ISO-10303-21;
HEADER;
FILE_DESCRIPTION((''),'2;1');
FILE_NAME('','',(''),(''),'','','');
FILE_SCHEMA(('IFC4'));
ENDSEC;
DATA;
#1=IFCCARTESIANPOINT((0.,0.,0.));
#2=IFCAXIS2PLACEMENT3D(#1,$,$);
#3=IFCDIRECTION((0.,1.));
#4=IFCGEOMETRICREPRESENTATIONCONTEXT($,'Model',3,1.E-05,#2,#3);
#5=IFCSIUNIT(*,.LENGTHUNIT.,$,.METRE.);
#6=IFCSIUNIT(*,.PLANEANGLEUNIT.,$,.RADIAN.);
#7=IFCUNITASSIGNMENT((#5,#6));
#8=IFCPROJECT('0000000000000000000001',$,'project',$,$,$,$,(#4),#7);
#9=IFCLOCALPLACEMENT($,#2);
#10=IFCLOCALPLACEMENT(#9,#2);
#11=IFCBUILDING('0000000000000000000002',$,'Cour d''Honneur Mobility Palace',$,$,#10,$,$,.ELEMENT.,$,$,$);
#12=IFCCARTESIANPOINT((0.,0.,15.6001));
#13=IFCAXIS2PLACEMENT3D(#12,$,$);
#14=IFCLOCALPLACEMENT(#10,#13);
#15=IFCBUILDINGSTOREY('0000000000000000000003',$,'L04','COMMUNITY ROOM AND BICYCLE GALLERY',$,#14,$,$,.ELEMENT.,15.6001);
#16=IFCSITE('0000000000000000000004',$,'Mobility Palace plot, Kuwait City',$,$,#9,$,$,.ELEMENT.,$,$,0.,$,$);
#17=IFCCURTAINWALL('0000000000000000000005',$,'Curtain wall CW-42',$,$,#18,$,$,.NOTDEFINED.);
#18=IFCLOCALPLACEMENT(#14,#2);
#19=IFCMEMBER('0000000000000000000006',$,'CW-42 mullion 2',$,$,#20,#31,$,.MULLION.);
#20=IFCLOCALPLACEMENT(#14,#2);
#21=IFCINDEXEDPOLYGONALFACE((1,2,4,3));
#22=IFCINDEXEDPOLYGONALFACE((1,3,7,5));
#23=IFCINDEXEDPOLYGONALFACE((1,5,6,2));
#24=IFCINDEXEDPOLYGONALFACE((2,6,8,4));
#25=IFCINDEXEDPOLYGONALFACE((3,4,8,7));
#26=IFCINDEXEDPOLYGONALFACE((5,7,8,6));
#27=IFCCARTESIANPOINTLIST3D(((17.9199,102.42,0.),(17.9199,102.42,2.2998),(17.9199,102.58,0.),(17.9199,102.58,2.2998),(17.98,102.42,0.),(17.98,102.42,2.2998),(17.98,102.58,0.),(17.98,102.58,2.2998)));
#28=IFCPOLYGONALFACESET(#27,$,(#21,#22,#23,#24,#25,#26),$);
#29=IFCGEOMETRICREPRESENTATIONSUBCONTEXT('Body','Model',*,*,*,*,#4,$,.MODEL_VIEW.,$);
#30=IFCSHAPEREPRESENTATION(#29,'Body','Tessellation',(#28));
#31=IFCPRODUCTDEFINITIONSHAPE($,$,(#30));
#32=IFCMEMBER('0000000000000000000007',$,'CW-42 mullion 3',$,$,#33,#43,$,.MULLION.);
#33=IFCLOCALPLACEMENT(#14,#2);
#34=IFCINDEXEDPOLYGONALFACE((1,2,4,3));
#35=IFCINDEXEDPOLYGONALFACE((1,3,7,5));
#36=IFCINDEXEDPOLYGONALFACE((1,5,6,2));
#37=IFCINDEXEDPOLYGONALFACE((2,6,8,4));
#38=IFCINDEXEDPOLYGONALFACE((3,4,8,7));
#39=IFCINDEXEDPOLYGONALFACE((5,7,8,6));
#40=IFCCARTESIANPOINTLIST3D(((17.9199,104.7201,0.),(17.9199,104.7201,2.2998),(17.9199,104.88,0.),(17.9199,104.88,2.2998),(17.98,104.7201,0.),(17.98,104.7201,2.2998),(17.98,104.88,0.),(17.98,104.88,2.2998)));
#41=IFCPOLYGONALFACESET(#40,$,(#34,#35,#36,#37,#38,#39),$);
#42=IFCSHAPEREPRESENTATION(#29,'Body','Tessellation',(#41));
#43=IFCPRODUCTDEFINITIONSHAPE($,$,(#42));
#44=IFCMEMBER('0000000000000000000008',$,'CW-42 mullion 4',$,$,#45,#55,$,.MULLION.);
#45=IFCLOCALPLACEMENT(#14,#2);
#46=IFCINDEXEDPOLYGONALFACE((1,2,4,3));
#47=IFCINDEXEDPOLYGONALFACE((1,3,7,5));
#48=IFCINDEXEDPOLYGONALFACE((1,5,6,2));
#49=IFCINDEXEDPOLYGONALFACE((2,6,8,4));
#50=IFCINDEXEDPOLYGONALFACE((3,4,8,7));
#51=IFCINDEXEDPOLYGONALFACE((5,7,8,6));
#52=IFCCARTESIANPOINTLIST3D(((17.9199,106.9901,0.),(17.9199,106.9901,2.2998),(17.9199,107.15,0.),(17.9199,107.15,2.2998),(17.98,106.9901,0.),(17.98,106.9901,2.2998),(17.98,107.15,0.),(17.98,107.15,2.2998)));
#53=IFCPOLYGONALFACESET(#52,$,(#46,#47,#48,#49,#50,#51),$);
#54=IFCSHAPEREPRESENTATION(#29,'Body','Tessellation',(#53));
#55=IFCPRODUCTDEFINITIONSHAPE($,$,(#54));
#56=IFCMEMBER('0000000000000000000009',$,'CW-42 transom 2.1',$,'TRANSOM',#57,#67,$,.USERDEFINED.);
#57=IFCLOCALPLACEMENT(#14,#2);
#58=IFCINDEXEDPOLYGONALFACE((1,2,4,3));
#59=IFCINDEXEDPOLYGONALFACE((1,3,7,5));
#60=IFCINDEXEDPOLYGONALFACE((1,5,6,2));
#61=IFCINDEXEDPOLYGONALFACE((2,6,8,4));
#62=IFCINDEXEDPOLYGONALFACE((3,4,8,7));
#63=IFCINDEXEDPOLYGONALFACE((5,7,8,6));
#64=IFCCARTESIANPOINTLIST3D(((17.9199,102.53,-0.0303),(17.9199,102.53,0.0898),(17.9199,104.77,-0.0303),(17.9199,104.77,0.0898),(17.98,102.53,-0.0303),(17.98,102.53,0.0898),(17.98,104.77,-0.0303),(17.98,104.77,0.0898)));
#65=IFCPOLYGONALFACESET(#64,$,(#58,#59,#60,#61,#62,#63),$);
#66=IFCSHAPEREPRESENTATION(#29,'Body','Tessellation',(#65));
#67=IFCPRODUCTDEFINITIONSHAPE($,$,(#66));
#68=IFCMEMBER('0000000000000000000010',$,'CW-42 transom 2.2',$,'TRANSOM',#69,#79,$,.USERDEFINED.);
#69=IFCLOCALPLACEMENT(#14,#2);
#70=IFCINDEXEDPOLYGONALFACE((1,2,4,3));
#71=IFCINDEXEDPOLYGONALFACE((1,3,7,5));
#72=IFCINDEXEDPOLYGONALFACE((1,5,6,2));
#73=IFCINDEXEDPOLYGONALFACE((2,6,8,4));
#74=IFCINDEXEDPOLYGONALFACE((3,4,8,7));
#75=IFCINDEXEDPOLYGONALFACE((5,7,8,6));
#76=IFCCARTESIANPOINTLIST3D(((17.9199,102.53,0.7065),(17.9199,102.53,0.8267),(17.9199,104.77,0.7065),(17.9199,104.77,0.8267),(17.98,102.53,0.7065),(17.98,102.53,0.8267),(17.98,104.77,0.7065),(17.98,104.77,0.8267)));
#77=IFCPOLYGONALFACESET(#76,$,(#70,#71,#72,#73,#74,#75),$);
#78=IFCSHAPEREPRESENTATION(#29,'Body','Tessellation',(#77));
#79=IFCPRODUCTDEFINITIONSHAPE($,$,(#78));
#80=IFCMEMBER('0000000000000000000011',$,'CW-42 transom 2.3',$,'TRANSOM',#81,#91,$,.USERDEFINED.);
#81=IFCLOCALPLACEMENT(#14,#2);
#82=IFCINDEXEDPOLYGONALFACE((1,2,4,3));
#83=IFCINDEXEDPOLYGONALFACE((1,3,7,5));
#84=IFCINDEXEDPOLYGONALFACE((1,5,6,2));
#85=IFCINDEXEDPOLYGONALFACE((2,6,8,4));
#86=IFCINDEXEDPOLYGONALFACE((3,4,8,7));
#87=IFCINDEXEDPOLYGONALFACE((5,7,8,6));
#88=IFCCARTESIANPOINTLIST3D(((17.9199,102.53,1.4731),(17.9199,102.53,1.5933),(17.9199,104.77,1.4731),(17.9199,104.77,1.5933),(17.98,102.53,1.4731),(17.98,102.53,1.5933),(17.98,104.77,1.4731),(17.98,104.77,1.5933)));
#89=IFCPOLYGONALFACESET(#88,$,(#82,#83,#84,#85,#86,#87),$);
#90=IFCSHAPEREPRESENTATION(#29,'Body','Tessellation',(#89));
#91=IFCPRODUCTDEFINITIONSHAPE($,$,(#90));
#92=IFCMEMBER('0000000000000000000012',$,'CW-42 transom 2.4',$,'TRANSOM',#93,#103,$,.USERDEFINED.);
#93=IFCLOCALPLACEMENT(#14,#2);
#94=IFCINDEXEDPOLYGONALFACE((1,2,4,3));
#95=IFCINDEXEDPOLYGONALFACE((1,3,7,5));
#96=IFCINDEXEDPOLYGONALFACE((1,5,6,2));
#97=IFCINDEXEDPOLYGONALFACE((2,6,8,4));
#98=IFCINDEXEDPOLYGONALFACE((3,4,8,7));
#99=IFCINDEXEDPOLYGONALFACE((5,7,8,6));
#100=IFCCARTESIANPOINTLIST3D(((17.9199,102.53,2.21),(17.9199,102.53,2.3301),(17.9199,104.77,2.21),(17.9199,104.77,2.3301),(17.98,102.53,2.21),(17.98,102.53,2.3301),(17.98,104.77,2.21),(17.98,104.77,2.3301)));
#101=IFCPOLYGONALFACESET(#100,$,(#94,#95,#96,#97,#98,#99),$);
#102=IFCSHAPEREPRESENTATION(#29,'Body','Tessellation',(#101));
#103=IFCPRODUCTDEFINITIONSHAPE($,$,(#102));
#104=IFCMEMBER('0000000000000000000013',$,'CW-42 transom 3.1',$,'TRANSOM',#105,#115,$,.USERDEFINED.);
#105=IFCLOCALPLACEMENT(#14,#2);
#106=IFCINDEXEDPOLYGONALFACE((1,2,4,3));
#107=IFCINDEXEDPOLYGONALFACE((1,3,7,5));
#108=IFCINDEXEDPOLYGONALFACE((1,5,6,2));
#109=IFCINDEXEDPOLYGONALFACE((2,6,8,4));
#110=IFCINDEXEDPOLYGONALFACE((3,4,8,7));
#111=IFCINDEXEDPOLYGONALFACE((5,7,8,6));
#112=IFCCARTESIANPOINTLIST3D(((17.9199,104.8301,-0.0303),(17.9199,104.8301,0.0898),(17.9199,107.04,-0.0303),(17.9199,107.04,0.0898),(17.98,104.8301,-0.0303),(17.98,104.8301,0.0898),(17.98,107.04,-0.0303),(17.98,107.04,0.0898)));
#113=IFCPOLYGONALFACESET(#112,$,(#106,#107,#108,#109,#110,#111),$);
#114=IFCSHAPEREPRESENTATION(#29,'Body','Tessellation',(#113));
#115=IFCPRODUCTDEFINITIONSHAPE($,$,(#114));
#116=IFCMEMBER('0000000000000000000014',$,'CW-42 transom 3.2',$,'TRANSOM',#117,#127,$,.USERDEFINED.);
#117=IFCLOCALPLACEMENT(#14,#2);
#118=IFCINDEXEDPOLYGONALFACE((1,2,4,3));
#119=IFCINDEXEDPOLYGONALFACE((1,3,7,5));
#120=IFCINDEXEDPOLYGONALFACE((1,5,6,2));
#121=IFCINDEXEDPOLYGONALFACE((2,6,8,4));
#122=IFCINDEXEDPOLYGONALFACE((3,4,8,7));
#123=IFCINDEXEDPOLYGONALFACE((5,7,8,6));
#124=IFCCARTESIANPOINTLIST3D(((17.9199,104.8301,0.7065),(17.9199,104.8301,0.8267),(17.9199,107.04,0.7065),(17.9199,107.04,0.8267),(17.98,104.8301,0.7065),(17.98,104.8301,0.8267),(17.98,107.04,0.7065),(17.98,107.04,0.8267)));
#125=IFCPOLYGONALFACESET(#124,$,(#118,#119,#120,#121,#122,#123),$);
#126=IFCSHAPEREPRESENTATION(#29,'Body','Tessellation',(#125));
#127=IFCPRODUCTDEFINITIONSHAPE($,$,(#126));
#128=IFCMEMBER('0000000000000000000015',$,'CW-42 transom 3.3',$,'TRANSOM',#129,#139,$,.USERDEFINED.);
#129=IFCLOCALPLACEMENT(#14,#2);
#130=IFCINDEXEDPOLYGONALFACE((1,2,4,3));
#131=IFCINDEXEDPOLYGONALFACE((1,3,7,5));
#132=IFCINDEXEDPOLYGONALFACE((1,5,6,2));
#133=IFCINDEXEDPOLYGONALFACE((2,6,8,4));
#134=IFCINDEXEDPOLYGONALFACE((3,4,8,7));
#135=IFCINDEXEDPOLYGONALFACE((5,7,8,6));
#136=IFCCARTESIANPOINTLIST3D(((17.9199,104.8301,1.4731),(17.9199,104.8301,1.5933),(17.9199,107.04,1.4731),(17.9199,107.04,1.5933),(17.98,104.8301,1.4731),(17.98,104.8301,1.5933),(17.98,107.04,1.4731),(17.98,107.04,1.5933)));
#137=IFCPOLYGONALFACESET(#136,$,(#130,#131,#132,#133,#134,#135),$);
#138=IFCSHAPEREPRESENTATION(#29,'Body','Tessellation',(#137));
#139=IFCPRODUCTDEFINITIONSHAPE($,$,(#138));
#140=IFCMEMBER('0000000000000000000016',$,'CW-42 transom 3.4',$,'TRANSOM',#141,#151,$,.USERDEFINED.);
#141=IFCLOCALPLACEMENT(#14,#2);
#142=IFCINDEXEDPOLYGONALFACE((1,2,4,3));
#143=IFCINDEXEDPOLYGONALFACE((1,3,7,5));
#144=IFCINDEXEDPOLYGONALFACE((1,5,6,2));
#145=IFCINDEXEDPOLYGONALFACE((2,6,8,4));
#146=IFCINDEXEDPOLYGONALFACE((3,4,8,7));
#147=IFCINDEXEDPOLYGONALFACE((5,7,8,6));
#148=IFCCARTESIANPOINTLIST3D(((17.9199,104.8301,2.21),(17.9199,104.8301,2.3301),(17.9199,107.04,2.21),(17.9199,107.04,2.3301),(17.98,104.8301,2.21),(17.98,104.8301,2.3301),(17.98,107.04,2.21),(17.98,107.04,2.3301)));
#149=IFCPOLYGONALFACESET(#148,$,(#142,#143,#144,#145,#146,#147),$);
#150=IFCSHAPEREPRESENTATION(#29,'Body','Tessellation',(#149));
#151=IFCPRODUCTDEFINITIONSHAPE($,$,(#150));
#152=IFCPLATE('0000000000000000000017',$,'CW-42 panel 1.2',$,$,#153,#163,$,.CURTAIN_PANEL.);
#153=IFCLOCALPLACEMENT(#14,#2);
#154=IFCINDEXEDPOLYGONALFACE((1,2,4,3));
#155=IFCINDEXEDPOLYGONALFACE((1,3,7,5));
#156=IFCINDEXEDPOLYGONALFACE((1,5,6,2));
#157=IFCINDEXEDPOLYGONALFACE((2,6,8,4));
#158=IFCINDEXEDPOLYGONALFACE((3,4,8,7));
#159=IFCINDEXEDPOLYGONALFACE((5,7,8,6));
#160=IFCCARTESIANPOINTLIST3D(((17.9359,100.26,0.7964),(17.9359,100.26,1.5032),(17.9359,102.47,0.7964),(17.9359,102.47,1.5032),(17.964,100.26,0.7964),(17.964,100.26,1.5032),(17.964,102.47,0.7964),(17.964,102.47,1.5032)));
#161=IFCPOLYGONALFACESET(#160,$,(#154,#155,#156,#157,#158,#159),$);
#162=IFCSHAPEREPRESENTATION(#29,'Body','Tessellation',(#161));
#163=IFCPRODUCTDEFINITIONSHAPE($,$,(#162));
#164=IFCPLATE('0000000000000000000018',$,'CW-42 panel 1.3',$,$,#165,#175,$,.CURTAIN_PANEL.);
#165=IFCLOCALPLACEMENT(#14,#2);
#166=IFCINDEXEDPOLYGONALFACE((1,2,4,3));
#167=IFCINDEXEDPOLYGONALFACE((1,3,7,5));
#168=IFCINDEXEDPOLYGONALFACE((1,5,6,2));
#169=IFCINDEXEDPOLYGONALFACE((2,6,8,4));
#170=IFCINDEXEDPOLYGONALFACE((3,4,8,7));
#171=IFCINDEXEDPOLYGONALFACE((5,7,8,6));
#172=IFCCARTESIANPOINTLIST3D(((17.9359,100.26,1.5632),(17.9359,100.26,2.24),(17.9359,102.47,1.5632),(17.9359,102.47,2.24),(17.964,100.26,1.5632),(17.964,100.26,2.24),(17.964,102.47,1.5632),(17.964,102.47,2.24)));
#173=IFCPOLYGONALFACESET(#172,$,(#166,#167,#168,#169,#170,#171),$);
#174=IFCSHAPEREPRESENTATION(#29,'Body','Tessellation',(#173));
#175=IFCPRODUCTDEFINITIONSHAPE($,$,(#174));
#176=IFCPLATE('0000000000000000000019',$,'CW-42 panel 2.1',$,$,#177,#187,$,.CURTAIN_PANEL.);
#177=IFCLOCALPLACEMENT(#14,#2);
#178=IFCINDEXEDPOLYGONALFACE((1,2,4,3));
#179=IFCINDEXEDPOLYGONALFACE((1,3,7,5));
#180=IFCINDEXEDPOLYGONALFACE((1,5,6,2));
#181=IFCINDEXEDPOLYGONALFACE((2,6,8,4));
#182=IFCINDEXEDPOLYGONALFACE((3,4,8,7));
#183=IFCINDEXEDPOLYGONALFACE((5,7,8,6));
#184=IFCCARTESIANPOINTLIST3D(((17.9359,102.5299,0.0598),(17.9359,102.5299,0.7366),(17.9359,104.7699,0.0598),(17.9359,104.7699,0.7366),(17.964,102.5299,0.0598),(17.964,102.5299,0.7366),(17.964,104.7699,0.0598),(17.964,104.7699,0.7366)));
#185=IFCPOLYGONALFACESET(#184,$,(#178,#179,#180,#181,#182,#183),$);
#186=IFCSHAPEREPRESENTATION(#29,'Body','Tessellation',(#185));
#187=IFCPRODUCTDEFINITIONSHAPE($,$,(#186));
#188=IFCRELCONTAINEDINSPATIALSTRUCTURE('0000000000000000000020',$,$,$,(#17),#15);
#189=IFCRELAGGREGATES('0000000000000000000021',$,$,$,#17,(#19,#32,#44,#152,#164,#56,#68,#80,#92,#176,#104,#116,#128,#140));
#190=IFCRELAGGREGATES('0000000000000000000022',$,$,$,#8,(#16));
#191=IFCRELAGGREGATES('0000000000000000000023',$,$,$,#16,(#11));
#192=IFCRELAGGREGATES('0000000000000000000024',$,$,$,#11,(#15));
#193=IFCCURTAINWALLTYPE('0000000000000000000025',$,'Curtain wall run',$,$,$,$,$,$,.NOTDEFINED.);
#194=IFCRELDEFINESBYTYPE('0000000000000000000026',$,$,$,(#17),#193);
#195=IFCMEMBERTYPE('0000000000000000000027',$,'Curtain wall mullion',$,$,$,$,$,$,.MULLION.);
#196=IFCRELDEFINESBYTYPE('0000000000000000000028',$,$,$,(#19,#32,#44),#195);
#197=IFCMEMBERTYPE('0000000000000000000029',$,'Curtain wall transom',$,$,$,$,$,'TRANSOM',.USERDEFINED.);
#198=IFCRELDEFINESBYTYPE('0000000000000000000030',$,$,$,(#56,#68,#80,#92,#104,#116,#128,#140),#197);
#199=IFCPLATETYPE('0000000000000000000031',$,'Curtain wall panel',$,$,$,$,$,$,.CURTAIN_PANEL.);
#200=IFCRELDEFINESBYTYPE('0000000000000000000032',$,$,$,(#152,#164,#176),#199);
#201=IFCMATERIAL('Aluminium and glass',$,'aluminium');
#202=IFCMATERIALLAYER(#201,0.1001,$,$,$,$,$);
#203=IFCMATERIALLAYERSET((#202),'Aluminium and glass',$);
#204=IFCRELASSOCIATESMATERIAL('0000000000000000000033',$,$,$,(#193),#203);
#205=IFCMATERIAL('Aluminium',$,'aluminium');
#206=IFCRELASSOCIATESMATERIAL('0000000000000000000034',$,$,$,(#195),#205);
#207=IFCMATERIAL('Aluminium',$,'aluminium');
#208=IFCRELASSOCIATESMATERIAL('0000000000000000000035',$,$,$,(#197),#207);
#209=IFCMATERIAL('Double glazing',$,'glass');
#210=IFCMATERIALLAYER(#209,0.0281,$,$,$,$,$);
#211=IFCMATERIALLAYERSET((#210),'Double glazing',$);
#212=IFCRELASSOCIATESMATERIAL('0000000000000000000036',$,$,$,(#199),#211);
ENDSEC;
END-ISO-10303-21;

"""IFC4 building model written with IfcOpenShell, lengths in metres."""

from ifc_helpers import new_model, si_unit, direction, frame, origin, origin_2d, place, context, subcontext, project, spatial, rectangle, extrude, material, layer, layer_set, material_profile, profile_set, type_object, element, aggregate, save


model = new_model("IFC4")

# Units and contexts
model_context = context("Model", 3, precision=1e-05, world=origin(), true_north=direction((0.0, 1.0)))
body_context = subcontext(model_context, "Body", "Model", "MODEL_VIEW")
ifc_project = project(units=[si_unit("LENGTHUNIT", "METRE"), si_unit("PLANEANGLEUNIT", "RADIAN")], contexts=[model_context])

# Site, building, storey
site_placement = place(None, origin())
site = spatial("IfcSite", under=ifc_project, at=site_placement, Name="Mobility Palace plot, Kuwait City", CompositionType="ELEMENT", RefElevation=0.0)
building_placement = place(site_placement, origin())
building = spatial("IfcBuilding", under=site, at=building_placement, Name="Cour d'Honneur Mobility Palace", CompositionType="ELEMENT")
storey_placement = place(building_placement, frame((0.0, 0.0, 15.6001)))
storey = spatial("IfcBuildingStorey", under=building, at=storey_placement, Name="L04", Description="COMMUNITY ROOM AND BICYCLE GALLERY", CompositionType="ELEMENT", Elevation=15.6001)

# Curtain wall, members, plates
ifc_material_1 = material(Name="Aluminium and glass", Category="aluminium")
ifc_layer_1 = layer(ifc_material_1, 0.1001)
ifc_layer_set_1 = layer_set([ifc_layer_1], Name="Aluminium and glass")
curtain_wall_type = type_object("IfcCurtainWallType", Name="Curtain wall run", PredefinedType="NOTDEFINED", material=ifc_layer_set_1)
curtain_wall_placement = place(storey_placement, origin())
curtain_wall = element("IfcCurtainWall", 1, at=curtain_wall_placement, inside=storey, type_object=curtain_wall_type, Name="Curtain wall CW-42", PredefinedType="NOTDEFINED")
ifc_material_2 = material(Name="Aluminium", Category="aluminium")
ifc_material_profile_1 = material_profile(ifc_material_2, rectangle(XDim=0.0601, YDim=0.1599, at=origin_2d()), Name="Curtain wall mullion")
ifc_profile_set_1 = profile_set([ifc_material_profile_1], Name="Aluminium")
member_type_1 = type_object("IfcMemberType", Name="Curtain wall mullion", PredefinedType="MULLION", material=ifc_profile_set_1)
member_1_placement = place(storey_placement, frame((17.95, 102.5, 0.0), z_axis=(0.0, 0.0, 1.0), x_axis=(-1.0, 0.0, 0.0)))
member_1 = element("IfcMember", 2, at=member_1_placement, type_object=member_type_1, Name="CW-42 mullion 2", PredefinedType="MULLION", context=body_context, shape_type="SweptSolid", body=[
    extrude(rectangle(XDim=0.0601, YDim=0.1599, at=origin_2d()), origin(), (0.0, 0.0, 1.0), 2.2998),
])
member_2_placement = place(storey_placement, frame((17.95, 104.8, 0.0), z_axis=(0.0, 0.0, 1.0), x_axis=(-1.0, 0.0, 0.0)))
member_2 = element("IfcMember", 3, at=member_2_placement, type_object=member_type_1, Name="CW-42 mullion 3", PredefinedType="MULLION", context=body_context, shape_type="SweptSolid", body=[
    extrude(rectangle(XDim=0.0601, YDim=0.1599, at=origin_2d()), origin(), (0.0, 0.0, 1.0), 2.2998),
])
member_3_placement = place(storey_placement, frame((17.95, 107.0701, 0.0), z_axis=(0.0, 0.0, 1.0), x_axis=(-1.0, 0.0, 0.0)))
member_3 = element("IfcMember", 4, at=member_3_placement, type_object=member_type_1, Name="CW-42 mullion 4", PredefinedType="MULLION", context=body_context, shape_type="SweptSolid", body=[
    extrude(rectangle(XDim=0.0601, YDim=0.1599, at=origin_2d()), origin(), (0.0, 0.0, 1.0), 2.2998),
])
ifc_material_3 = material(Name="Aluminium", Category="aluminium")
ifc_material_profile_2 = material_profile(ifc_material_3, rectangle(XDim=0.0601, YDim=0.1201, at=origin_2d()), Name="Curtain wall transom")
ifc_profile_set_2 = profile_set([ifc_material_profile_2], Name="Aluminium")
member_type_2 = type_object("IfcMemberType", Name="Curtain wall transom", ElementType="TRANSOM", PredefinedType="USERDEFINED", material=ifc_profile_set_2)
member_4_placement = place(storey_placement, frame((17.95, 102.53, 0.0298), z_axis=(0.0, 1.0, 0.0), x_axis=(-1.0, 0.0, 0.0)))
member_4 = element("IfcMember", 5, at=member_4_placement, type_object=member_type_2, Name="CW-42 transom 2.1", ObjectType="TRANSOM", PredefinedType="USERDEFINED", context=body_context, shape_type="SweptSolid", body=[
    extrude(rectangle(XDim=0.0601, YDim=0.1201, at=origin_2d()), origin(), (0.0, 0.0, 1.0), 2.24),
])
member_5_placement = place(storey_placement, frame((17.95, 102.53, 0.7666), z_axis=(0.0, 1.0, 0.0), x_axis=(-1.0, 0.0, 0.0)))
member_5 = element("IfcMember", 6, at=member_5_placement, type_object=member_type_2, Name="CW-42 transom 2.2", ObjectType="TRANSOM", PredefinedType="USERDEFINED", context=body_context, shape_type="SweptSolid", body=[
    extrude(rectangle(XDim=0.0601, YDim=0.1201, at=origin_2d()), origin(), (0.0, 0.0, 1.0), 2.24),
])
member_6_placement = place(storey_placement, frame((17.95, 102.53, 1.5332), z_axis=(0.0, 1.0, 0.0), x_axis=(-1.0, 0.0, 0.0)))
member_6 = element("IfcMember", 7, at=member_6_placement, type_object=member_type_2, Name="CW-42 transom 2.3", ObjectType="TRANSOM", PredefinedType="USERDEFINED", context=body_context, shape_type="SweptSolid", body=[
    extrude(rectangle(XDim=0.0601, YDim=0.1201, at=origin_2d()), origin(), (0.0, 0.0, 1.0), 2.24),
])
member_7_placement = place(storey_placement, frame((17.95, 102.53, 2.27), z_axis=(0.0, 1.0, 0.0), x_axis=(-1.0, 0.0, 0.0)))
member_7 = element("IfcMember", 8, at=member_7_placement, type_object=member_type_2, Name="CW-42 transom 2.4", ObjectType="TRANSOM", PredefinedType="USERDEFINED", context=body_context, shape_type="SweptSolid", body=[
    extrude(rectangle(XDim=0.0601, YDim=0.1201, at=origin_2d()), origin(), (0.0, 0.0, 1.0), 2.24),
])
member_8_placement = place(storey_placement, frame((17.95, 104.8301, 0.0298), z_axis=(0.0, 1.0, 0.0), x_axis=(-1.0, 0.0, 0.0)))
member_8 = element("IfcMember", 9, at=member_8_placement, type_object=member_type_2, Name="CW-42 transom 3.1", ObjectType="TRANSOM", PredefinedType="USERDEFINED", context=body_context, shape_type="SweptSolid", body=[
    extrude(rectangle(XDim=0.0601, YDim=0.1201, at=origin_2d()), origin(), (0.0, 0.0, 1.0), 2.21),
])
member_9_placement = place(storey_placement, frame((17.95, 104.8301, 0.7666), z_axis=(0.0, 1.0, 0.0), x_axis=(-1.0, 0.0, 0.0)))
member_9 = element("IfcMember", 10, at=member_9_placement, type_object=member_type_2, Name="CW-42 transom 3.2", ObjectType="TRANSOM", PredefinedType="USERDEFINED", context=body_context, shape_type="SweptSolid", body=[
    extrude(rectangle(XDim=0.0601, YDim=0.1201, at=origin_2d()), origin(), (0.0, 0.0, 1.0), 2.21),
])
member_10_placement = place(storey_placement, frame((17.95, 104.8301, 1.5332), z_axis=(0.0, 1.0, 0.0), x_axis=(-1.0, 0.0, 0.0)))
member_10 = element("IfcMember", 11, at=member_10_placement, type_object=member_type_2, Name="CW-42 transom 3.3", ObjectType="TRANSOM", PredefinedType="USERDEFINED", context=body_context, shape_type="SweptSolid", body=[
    extrude(rectangle(XDim=0.0601, YDim=0.1201, at=origin_2d()), origin(), (0.0, 0.0, 1.0), 2.21),
])
member_11_placement = place(storey_placement, frame((17.95, 104.8301, 2.27), z_axis=(0.0, 1.0, 0.0), x_axis=(-1.0, 0.0, 0.0)))
member_11 = element("IfcMember", 12, at=member_11_placement, type_object=member_type_2, Name="CW-42 transom 3.4", ObjectType="TRANSOM", PredefinedType="USERDEFINED", context=body_context, shape_type="SweptSolid", body=[
    extrude(rectangle(XDim=0.0601, YDim=0.1201, at=origin_2d()), origin(), (0.0, 0.0, 1.0), 2.21),
])
ifc_material_4 = material(Name="Double glazing", Category="glass")
ifc_layer_2 = layer(ifc_material_4, 0.0281)
ifc_layer_set_2 = layer_set([ifc_layer_2], Name="Double glazing")
plate_type = type_object("IfcPlateType", Name="Curtain wall panel", PredefinedType="CURTAIN_PANEL", material=ifc_layer_set_2)
plate_1_placement = place(storey_placement, frame((17.95, 101.365, 0.7964), z_axis=(0.0, 0.0, 1.0), x_axis=(0.0, 1.0, 0.0)))
plate_1 = element("IfcPlate", 13, at=plate_1_placement, type_object=plate_type, Name="CW-42 panel 1.2", PredefinedType="CURTAIN_PANEL", context=body_context, shape_type="SweptSolid", body=[
    extrude(rectangle(XDim=2.21, YDim=0.0281, at=origin_2d()), origin(), (0.0, 0.0, 1.0), 0.7068),
])
plate_2_placement = place(storey_placement, frame((17.95, 101.365, 1.5632), z_axis=(0.0, 0.0, 1.0), x_axis=(0.0, 1.0, 0.0)))
plate_2 = element("IfcPlate", 14, at=plate_2_placement, type_object=plate_type, Name="CW-42 panel 1.3", PredefinedType="CURTAIN_PANEL", context=body_context, shape_type="SweptSolid", body=[
    extrude(rectangle(XDim=2.21, YDim=0.0281, at=origin_2d()), origin(), (0.0, 0.0, 1.0), 0.6768),
])
plate_3_placement = place(storey_placement, frame((17.95, 103.6499, 0.0598), z_axis=(0.0, 0.0, 1.0), x_axis=(0.0, 1.0, 0.0)))
plate_3 = element("IfcPlate", 15, at=plate_3_placement, type_object=plate_type, Name="CW-42 panel 2.1", PredefinedType="CURTAIN_PANEL", context=body_context, shape_type="SweptSolid", body=[
    extrude(rectangle(XDim=2.24, YDim=0.0281, at=origin_2d()), origin(), (0.0, 0.0, 1.0), 0.6768),
])
aggregate(curtain_wall, [member_1, member_2, member_3, plate_1, plate_2, member_4, member_5, member_6, member_7, plate_3, member_8, member_9, member_10, member_11])

save(model, "model.ifc")
